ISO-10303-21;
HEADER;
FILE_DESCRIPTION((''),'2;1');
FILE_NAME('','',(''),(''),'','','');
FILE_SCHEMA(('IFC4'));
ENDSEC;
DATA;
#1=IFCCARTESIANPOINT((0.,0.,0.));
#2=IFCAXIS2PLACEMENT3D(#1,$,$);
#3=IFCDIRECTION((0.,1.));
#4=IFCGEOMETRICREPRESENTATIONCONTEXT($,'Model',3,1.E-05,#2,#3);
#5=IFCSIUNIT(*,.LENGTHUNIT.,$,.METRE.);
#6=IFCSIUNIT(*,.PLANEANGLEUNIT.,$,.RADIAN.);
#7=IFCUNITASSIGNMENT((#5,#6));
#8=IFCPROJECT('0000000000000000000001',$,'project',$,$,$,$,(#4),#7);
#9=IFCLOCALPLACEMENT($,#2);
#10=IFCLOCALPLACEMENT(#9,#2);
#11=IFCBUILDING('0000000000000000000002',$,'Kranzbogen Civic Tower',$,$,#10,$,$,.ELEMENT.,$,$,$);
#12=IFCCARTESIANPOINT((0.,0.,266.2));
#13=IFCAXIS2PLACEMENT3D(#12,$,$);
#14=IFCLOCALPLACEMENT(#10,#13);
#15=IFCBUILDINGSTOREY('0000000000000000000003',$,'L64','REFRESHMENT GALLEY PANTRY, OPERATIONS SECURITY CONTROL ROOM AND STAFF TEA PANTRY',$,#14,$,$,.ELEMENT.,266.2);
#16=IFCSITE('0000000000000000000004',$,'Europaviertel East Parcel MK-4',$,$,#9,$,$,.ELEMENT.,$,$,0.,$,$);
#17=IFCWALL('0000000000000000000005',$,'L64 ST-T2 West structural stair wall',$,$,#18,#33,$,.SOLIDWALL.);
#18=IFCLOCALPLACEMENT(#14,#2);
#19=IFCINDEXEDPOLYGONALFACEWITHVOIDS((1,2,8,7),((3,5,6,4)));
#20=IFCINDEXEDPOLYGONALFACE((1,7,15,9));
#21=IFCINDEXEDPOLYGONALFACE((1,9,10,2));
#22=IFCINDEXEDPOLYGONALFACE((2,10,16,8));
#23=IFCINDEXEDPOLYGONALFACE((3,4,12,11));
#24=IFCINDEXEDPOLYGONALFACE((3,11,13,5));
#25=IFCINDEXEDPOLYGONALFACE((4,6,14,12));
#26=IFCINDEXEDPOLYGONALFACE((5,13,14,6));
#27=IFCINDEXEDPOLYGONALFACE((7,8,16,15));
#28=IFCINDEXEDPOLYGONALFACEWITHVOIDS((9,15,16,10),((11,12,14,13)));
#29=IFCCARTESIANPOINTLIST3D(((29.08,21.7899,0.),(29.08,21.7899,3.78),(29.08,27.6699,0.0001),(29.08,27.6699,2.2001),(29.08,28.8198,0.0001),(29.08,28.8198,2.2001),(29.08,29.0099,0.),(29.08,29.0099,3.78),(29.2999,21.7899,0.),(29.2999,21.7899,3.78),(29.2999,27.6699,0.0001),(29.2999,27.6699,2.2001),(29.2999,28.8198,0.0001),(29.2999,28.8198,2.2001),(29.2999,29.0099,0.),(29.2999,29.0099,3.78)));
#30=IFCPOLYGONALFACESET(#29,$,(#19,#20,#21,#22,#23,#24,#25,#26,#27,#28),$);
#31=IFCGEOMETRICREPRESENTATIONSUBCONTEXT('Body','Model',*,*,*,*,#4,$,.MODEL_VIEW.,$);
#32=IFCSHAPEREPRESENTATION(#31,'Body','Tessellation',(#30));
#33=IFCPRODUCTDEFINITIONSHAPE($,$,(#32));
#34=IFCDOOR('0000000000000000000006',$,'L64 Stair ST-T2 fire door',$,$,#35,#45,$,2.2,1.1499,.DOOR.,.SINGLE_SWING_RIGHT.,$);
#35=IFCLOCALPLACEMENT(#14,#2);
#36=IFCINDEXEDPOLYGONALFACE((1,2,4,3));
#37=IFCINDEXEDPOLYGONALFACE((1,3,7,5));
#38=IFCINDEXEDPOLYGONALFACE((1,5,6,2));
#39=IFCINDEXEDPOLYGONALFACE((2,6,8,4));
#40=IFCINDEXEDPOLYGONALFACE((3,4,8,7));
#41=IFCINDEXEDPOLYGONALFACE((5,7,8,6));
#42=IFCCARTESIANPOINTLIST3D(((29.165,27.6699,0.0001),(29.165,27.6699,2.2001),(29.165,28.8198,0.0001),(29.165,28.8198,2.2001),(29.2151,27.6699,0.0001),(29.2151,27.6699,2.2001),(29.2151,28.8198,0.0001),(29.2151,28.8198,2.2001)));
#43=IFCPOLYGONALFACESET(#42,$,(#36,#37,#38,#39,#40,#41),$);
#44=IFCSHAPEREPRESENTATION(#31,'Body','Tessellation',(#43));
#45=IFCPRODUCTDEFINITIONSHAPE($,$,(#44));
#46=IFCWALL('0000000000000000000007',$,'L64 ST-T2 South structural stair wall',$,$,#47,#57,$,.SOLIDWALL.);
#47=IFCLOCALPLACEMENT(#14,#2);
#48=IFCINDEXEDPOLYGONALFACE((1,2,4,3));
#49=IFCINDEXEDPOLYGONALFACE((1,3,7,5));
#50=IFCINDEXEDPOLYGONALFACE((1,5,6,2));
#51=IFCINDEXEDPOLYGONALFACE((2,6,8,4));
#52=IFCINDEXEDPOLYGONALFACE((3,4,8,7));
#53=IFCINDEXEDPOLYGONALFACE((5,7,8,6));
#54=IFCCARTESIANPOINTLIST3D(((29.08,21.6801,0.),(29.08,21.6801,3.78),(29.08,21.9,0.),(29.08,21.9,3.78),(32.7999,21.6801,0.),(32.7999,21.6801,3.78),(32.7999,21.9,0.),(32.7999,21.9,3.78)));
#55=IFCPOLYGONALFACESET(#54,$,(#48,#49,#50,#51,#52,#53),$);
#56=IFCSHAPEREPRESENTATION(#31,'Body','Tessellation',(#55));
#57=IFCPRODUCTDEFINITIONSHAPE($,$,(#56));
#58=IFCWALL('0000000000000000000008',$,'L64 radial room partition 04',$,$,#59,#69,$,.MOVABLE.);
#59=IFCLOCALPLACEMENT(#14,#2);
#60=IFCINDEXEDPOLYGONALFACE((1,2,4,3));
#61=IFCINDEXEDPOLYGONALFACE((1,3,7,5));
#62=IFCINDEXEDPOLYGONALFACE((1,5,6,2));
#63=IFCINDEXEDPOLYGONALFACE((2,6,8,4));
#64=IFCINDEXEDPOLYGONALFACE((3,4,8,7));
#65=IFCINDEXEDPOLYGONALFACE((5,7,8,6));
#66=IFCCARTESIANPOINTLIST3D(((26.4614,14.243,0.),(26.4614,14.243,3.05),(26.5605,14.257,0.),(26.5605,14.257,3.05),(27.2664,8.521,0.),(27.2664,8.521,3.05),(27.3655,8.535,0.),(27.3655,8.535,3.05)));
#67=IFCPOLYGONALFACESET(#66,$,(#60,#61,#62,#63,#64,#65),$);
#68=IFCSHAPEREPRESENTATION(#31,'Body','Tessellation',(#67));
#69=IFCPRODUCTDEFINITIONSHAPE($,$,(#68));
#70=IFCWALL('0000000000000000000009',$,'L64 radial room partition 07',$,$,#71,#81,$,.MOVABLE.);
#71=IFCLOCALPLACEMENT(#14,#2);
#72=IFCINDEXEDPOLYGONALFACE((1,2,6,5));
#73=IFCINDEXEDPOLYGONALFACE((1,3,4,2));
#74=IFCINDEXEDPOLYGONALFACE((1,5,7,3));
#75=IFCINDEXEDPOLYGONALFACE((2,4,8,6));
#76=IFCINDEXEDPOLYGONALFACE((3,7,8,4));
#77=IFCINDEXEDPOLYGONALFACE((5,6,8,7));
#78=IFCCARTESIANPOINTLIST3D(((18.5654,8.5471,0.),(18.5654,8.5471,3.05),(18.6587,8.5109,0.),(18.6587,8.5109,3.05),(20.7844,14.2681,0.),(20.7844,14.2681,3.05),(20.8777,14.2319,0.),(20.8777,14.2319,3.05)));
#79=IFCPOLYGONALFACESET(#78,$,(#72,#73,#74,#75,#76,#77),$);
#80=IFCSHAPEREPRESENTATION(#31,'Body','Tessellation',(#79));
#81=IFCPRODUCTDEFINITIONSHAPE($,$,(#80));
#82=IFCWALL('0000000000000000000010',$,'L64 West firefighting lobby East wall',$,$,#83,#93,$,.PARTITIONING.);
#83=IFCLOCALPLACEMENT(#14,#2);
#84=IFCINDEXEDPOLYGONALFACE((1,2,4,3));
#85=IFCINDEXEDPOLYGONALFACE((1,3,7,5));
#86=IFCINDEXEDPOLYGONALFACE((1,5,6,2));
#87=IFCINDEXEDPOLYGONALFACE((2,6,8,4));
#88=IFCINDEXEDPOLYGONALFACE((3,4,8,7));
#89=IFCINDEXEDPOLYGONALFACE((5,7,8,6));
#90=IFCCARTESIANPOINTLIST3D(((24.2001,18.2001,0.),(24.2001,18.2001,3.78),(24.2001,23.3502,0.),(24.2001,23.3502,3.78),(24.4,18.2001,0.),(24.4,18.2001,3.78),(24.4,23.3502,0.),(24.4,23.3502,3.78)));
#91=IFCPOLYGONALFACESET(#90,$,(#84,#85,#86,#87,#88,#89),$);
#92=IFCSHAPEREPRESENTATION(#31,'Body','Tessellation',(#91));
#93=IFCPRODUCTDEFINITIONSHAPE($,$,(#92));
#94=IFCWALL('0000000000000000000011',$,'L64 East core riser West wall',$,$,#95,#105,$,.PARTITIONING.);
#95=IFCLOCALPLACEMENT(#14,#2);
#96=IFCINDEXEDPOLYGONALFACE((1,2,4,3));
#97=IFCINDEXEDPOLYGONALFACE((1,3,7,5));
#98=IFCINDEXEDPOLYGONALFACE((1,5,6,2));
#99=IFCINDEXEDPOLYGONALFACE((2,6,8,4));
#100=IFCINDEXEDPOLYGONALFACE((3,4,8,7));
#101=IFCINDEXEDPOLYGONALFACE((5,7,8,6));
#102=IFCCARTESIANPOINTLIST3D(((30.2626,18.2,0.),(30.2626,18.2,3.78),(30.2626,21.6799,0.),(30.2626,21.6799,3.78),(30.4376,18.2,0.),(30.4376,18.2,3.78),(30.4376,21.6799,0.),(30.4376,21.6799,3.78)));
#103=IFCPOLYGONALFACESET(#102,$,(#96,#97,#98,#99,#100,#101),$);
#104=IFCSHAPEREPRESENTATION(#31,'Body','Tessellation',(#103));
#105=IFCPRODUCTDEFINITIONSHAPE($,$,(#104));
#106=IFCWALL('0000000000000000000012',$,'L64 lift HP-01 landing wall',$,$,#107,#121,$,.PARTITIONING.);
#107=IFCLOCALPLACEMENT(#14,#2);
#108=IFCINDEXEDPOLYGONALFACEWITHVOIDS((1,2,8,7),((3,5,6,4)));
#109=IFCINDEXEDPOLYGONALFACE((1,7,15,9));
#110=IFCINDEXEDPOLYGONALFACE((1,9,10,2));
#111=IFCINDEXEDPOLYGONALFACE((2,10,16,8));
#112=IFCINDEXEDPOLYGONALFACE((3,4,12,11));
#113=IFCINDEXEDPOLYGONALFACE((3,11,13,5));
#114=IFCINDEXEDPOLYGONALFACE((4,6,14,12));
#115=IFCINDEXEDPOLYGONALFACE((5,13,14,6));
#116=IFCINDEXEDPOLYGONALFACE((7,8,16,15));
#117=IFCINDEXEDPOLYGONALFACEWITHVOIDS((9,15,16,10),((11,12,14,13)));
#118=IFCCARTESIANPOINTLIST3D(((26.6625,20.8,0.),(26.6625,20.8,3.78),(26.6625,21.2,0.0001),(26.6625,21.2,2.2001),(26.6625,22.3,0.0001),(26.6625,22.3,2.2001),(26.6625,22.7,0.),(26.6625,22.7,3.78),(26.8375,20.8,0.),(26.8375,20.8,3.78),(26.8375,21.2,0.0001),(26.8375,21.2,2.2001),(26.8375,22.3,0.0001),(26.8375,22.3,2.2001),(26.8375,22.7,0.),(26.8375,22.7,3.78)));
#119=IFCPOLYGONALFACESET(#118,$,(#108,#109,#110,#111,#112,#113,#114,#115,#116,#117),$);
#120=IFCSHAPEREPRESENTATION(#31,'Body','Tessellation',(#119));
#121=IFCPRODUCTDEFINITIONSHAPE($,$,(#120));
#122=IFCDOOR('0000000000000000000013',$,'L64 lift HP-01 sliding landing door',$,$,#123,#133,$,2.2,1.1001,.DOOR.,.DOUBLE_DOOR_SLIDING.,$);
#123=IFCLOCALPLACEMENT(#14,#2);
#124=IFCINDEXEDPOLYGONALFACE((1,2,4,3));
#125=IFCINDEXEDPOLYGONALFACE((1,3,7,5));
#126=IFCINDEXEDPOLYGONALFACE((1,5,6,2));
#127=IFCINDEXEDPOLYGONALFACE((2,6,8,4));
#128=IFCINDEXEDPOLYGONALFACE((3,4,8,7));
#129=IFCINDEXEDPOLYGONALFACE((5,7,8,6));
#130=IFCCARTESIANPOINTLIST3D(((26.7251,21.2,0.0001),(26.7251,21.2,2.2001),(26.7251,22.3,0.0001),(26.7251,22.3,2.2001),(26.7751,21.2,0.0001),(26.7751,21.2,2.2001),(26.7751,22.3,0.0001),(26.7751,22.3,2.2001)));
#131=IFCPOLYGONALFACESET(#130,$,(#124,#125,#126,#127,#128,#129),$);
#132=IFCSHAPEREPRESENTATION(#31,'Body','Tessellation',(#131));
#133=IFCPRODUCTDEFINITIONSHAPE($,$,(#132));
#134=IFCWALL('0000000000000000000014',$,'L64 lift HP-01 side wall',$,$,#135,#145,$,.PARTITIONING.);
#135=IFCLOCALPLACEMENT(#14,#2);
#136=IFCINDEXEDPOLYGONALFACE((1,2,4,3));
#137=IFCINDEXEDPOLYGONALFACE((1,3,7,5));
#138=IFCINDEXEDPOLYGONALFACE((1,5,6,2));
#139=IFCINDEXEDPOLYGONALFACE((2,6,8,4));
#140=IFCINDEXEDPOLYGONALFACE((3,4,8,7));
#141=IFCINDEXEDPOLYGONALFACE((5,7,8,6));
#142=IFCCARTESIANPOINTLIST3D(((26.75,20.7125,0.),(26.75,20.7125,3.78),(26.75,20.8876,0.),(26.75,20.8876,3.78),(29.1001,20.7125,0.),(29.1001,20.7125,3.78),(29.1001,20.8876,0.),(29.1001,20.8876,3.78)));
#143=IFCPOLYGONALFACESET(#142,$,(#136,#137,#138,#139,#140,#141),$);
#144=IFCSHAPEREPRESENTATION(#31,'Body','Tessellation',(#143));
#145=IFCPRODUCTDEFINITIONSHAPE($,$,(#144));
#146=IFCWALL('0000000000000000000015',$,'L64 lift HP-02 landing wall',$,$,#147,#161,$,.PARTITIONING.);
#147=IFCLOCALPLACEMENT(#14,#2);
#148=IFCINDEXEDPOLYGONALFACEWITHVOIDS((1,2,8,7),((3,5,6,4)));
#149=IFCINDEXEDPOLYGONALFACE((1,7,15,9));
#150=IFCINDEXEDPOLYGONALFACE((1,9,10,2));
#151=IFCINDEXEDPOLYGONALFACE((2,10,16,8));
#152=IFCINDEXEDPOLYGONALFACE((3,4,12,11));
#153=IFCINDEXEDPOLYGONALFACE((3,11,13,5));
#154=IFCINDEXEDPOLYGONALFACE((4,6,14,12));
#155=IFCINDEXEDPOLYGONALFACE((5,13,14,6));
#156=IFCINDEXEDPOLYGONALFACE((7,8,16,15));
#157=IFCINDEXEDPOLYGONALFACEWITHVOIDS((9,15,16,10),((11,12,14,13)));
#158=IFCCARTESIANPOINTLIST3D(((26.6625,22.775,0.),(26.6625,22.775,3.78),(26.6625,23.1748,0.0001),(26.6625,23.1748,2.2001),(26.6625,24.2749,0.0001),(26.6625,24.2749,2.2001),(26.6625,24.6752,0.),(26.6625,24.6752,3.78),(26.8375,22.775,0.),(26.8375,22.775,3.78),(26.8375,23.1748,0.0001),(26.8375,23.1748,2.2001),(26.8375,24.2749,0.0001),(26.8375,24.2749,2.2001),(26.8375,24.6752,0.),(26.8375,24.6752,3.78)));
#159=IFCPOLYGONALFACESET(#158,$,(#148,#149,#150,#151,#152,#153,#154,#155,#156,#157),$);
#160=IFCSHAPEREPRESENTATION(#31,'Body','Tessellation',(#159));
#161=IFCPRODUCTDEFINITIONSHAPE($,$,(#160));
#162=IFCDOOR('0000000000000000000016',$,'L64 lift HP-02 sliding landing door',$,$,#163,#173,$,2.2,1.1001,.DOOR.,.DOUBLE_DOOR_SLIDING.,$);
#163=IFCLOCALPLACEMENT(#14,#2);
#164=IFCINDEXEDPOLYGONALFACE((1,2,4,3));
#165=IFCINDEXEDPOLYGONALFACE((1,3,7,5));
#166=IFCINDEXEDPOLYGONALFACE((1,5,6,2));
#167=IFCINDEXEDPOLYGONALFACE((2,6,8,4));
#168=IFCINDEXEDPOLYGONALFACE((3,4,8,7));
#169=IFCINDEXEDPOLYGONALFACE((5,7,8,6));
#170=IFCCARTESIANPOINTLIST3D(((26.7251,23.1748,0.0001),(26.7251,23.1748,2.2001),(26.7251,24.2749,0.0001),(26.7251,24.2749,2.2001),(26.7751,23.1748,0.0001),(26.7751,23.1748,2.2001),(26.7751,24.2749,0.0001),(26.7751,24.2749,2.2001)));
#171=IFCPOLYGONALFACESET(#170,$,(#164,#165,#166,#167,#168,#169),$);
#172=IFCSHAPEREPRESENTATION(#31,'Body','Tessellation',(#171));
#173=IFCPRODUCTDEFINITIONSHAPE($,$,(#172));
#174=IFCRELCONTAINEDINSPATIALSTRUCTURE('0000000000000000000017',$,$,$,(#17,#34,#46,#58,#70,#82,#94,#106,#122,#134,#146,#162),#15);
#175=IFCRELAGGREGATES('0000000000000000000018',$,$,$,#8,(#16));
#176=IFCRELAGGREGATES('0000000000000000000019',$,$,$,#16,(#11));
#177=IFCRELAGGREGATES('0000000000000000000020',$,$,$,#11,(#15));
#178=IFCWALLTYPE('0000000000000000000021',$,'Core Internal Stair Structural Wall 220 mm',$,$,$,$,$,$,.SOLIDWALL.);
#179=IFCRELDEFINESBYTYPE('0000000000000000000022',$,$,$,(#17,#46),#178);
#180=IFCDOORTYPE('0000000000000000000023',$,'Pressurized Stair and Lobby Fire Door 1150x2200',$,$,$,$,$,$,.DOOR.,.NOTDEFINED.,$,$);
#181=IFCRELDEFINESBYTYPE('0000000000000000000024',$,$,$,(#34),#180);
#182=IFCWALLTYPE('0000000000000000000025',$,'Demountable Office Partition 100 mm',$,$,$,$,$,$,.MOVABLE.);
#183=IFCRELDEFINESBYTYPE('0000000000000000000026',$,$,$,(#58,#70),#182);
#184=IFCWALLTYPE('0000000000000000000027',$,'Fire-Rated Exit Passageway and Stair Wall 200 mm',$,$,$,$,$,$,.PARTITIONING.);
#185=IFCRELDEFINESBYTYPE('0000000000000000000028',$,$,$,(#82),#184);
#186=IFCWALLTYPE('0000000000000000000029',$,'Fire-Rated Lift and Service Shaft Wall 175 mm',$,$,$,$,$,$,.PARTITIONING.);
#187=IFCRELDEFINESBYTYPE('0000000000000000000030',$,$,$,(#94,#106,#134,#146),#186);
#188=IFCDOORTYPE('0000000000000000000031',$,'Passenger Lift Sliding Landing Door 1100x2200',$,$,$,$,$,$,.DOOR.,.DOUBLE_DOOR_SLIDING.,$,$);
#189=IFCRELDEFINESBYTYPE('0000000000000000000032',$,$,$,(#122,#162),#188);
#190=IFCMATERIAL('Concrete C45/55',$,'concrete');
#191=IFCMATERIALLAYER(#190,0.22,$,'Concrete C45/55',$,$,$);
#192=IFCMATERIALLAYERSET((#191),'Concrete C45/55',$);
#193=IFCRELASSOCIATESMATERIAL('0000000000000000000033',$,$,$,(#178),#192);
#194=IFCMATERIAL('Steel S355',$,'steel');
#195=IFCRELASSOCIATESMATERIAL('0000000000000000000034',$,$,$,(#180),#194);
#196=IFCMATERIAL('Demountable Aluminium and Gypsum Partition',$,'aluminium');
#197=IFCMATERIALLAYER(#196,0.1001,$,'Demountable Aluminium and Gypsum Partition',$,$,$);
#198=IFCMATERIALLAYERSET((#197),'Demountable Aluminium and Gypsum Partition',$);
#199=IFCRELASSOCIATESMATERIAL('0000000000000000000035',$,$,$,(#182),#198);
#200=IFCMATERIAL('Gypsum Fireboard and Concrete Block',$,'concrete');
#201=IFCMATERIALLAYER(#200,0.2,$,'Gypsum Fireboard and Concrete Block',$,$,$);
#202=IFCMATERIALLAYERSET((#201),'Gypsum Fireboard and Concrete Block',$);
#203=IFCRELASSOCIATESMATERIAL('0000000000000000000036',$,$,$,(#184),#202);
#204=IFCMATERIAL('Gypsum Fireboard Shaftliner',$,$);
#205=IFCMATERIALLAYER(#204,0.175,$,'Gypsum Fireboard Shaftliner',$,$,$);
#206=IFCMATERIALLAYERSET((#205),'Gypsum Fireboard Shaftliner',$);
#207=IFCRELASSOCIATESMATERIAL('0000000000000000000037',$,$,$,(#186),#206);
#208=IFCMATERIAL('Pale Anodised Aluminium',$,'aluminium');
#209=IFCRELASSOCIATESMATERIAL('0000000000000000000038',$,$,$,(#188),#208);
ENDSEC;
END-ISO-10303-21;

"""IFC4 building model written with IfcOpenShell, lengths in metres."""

from ifc_helpers import new_model, si_unit, direction, frame, frame_2d, origin, place, context, subcontext, project, spatial, rectangle, extrude, material, layer, layer_set, type_object, element, fill, save


model = new_model("IFC4")

# Units and contexts
model_context = context("Model", 3, precision=1e-05, world=origin(), true_north=direction((0.0, 1.0)))
body_context = subcontext(model_context, "Body", "Model", "MODEL_VIEW")
ifc_project = project(units=[si_unit("LENGTHUNIT", "METRE"), si_unit("PLANEANGLEUNIT", "RADIAN")], contexts=[model_context])

# Site, building, storey
site_placement = place(None, origin())
site = spatial("IfcSite", under=ifc_project, at=site_placement, Name="Europaviertel East Parcel MK-4", CompositionType="ELEMENT", RefElevation=0.0)
building_placement = place(site_placement, origin())
building = spatial("IfcBuilding", under=site, at=building_placement, Name="Kranzbogen Civic Tower", CompositionType="ELEMENT")
storey_placement = place(building_placement, frame((0.0, 0.0, 266.2)))
storey = spatial("IfcBuildingStorey", under=building, at=storey_placement, Name="L64", Description="REFRESHMENT GALLEY PANTRY, OPERATIONS SECURITY CONTROL ROOM AND STAFF TEA PANTRY", CompositionType="ELEMENT", Elevation=266.2)

# Shared definitions
ifc_material_1 = material(Name="Steel S355", Category="steel")

# Shared definitions
ifc_material_2 = material(Name="Pale Anodised Aluminium", Category="aluminium")

# Wall, opening, door
ifc_material_3 = material(Name="Concrete C45/55", Category="concrete")
ifc_layer_1 = layer(ifc_material_3, 0.22, Name="Concrete C45/55")
ifc_layer_set_1 = layer_set([ifc_layer_1], Name="Concrete C45/55")
wall_type_1 = type_object("IfcWallType", Name="Core Internal Stair Structural Wall 220 mm", PredefinedType="SOLIDWALL", material=ifc_layer_set_1)
door_type_1 = type_object("IfcDoorType", Name="Pressurized Stair and Lobby Fire Door 1150x2200", OperationType="NOTDEFINED", PredefinedType="DOOR", material=ifc_material_1)
wall_1_placement = place(storey_placement, frame((29.1899, 21.79, 0.0), z_axis=(0.0, 0.0, 1.0), x_axis=(0.0, 1.0, 0.0)))
wall_1 = element("IfcWall", 1, at=wall_1_placement, inside=storey, type_object=wall_type_1, Name="L64 ST-T2 West structural stair wall", PredefinedType="SOLIDWALL", context=body_context, shape_type="SweptSolid", body=[
    extrude(rectangle(XDim=7.22, YDim=0.22, at=frame_2d((3.6099, 0.0))), origin(), (0.0, 0.0, 1.0), 3.78),
])
opening_1_placement = place(wall_1_placement, frame((5.8799, 0.0, 0.0)))
opening_1 = element("IfcOpeningElement", 2, at=opening_1_placement, cuts=wall_1, PredefinedType="OPENING", context=body_context, shape_type="SweptSolid", body=[
    extrude(rectangle(XDim=1.1499, YDim=2.2, at=frame_2d((0.575, 1.1001))), frame((0.0, 0.1201, 0.0), z_axis=(0.0, -1.0, 0.0), x_axis=(1.0, 0.0, 0.0)), (0.0, 0.0, 1.0), 0.24),
])
door_1_placement = place(opening_1_placement, origin())
door_1 = element("IfcDoor", 3, at=door_1_placement, inside=storey, type_object=door_type_1, Name="L64 Stair ST-T2 fire door", OperationType="SINGLE_SWING_RIGHT", OverallHeight=2.2, OverallWidth=1.1499, PredefinedType="DOOR", context=body_context, shape_type="SweptSolid", body=[
    extrude(rectangle(XDim=1.1499, YDim=2.2, at=frame_2d((0.575, 1.1001))), frame((0.0, 0.0249, 0.0), z_axis=(0.0, -1.0, 0.0), x_axis=(1.0, 0.0, 0.0)), (0.0, 0.0, 1.0), 0.05),
])
fill(opening_1, door_1)

# Walls
wall_2_placement = place(storey_placement, frame((29.0801, 21.79, 0.0), z_axis=(0.0, 0.0, 1.0), x_axis=(1.0, 0.0, 0.0)))
element("IfcWall", 4, at=wall_2_placement, inside=storey, type_object=wall_type_1, Name="L64 ST-T2 South structural stair wall", PredefinedType="SOLIDWALL", context=body_context, shape_type="SweptSolid", body=[
    extrude(rectangle(XDim=3.72, YDim=0.22, at=frame_2d((1.8599, 0.0))), origin(), (0.0, 0.0, 1.0), 3.78),
])
ifc_material_4 = material(Name="Demountable Aluminium and Gypsum Partition", Category="aluminium")
ifc_layer_2 = layer(ifc_material_4, 0.1001, Name="Demountable Aluminium and Gypsum Partition")
ifc_layer_set_2 = layer_set([ifc_layer_2], Name="Demountable Aluminium and Gypsum Partition")
wall_type_2 = type_object("IfcWallType", Name="Demountable Office Partition 100 mm", PredefinedType="MOVABLE", material=ifc_layer_set_2)
wall_3_placement = place(storey_placement, frame((26.511, 14.25, 0.0), z_axis=(0.0, 0.0, 1.0), x_axis=(0.139303, -0.99025, 0.0)))
element("IfcWall", 5, at=wall_3_placement, inside=storey, type_object=wall_type_2, Name="L64 radial room partition 04", PredefinedType="MOVABLE", context=body_context, shape_type="SweptSolid", body=[
    extrude(rectangle(XDim=5.7783, YDim=0.1001, at=frame_2d((2.8892, 0.0))), origin(), (0.0, 0.0, 1.0), 3.05),
])
wall_4_placement = place(storey_placement, frame((20.8311, 14.25, 0.0), z_axis=(0.0, 0.0, 1.0), x_axis=(-0.361622, -0.932325, 0.0)))
element("IfcWall", 6, at=wall_4_placement, inside=storey, type_object=wall_type_2, Name="L64 radial room partition 07", PredefinedType="MOVABLE", context=body_context, shape_type="SweptSolid", body=[
    extrude(rectangle(XDim=6.1362, YDim=0.1001, at=frame_2d((3.0681, 0.0))), origin(), (0.0, 0.0, 1.0), 3.05),
])
ifc_material_5 = material(Name="Gypsum Fireboard and Concrete Block", Category="concrete")
ifc_layer_3 = layer(ifc_material_5, 0.2, Name="Gypsum Fireboard and Concrete Block")
ifc_layer_set_3 = layer_set([ifc_layer_3], Name="Gypsum Fireboard and Concrete Block")
wall_type_3 = type_object("IfcWallType", Name="Fire-Rated Exit Passageway and Stair Wall 200 mm", PredefinedType="PARTITIONING", material=ifc_layer_set_3)
wall_5_placement = place(storey_placement, frame((24.3, 18.2, 0.0), z_axis=(0.0, 0.0, 1.0), x_axis=(0.0, 1.0, 0.0)))
element("IfcWall", 7, at=wall_5_placement, inside=storey, type_object=wall_type_3, Name="L64 West firefighting lobby East wall", PredefinedType="PARTITIONING", context=body_context, shape_type="SweptSolid", body=[
    extrude(rectangle(XDim=5.1501, YDim=0.2, at=frame_2d((2.5752, 0.0))), origin(), (0.0, 0.0, 1.0), 3.78),
])
ifc_material_6 = material(Name="Gypsum Fireboard Shaftliner")
ifc_layer_4 = layer(ifc_material_6, 0.175, Name="Gypsum Fireboard Shaftliner")
ifc_layer_set_4 = layer_set([ifc_layer_4], Name="Gypsum Fireboard Shaftliner")
wall_type_4 = type_object("IfcWallType", Name="Fire-Rated Lift and Service Shaft Wall 175 mm", PredefinedType="PARTITIONING", material=ifc_layer_set_4)
wall_6_placement = place(storey_placement, frame((30.3501, 18.2, 0.0), z_axis=(0.0, 0.0, 1.0), x_axis=(0.0, 1.0, 0.0)))
element("IfcWall", 8, at=wall_6_placement, inside=storey, type_object=wall_type_4, Name="L64 East core riser West wall", PredefinedType="PARTITIONING", context=body_context, shape_type="SweptSolid", body=[
    extrude(rectangle(XDim=3.48, YDim=0.175, at=frame_2d((1.74, 0.0))), origin(), (0.0, 0.0, 1.0), 3.78),
])

# Wall, opening, door
wall_7_placement = place(storey_placement, frame((26.75, 20.8, 0.0), z_axis=(0.0, 0.0, 1.0), x_axis=(0.0, 1.0, 0.0)))
wall_7 = element("IfcWall", 9, at=wall_7_placement, inside=storey, type_object=wall_type_4, Name="L64 lift HP-01 landing wall", PredefinedType="PARTITIONING", context=body_context, shape_type="SweptSolid", body=[
    extrude(rectangle(XDim=1.8999, YDim=0.175, at=frame_2d((0.95, 0.0))), origin(), (0.0, 0.0, 1.0), 3.78),
])
opening_2_placement = place(wall_7_placement, frame((0.3999, 0.0, 0.0)))
opening_2 = element("IfcOpeningElement", 10, at=opening_2_placement, cuts=wall_7, PredefinedType="OPENING", context=body_context, shape_type="SweptSolid", body=[
    extrude(rectangle(XDim=1.1001, YDim=2.2, at=frame_2d((0.55, 1.1001))), frame((0.0, 0.0977, 0.0), z_axis=(0.0, -1.0, 0.0), x_axis=(1.0, 0.0, 0.0)), (0.0, 0.0, 1.0), 0.1951),
])
door_type_2 = type_object("IfcDoorType", Name="Passenger Lift Sliding Landing Door 1100x2200", OperationType="DOUBLE_DOOR_SLIDING", PredefinedType="DOOR", material=ifc_material_2)
door_2_placement = place(opening_2_placement, origin())
door_2 = element("IfcDoor", 11, at=door_2_placement, inside=storey, type_object=door_type_2, Name="L64 lift HP-01 sliding landing door", OperationType="DOUBLE_DOOR_SLIDING", OverallHeight=2.2, OverallWidth=1.1001, PredefinedType="DOOR", context=body_context, shape_type="SweptSolid", body=[
    extrude(rectangle(XDim=1.1001, YDim=2.2, at=frame_2d((0.55, 1.1001))), frame((0.0, 0.0249, 0.0), z_axis=(0.0, -1.0, 0.0), x_axis=(1.0, 0.0, 0.0)), (0.0, 0.0, 1.0), 0.05),
])
fill(opening_2, door_2)

# Wall
wall_8_placement = place(storey_placement, frame((26.75, 20.8, 0.0), z_axis=(0.0, 0.0, 1.0), x_axis=(1.0, 0.0, 0.0)))
element("IfcWall", 12, at=wall_8_placement, inside=storey, type_object=wall_type_4, Name="L64 lift HP-01 side wall", PredefinedType="PARTITIONING", context=body_context, shape_type="SweptSolid", body=[
    extrude(rectangle(XDim=2.3501, YDim=0.175, at=frame_2d((1.175, 0.0))), origin(), (0.0, 0.0, 1.0), 3.78),
])

# Wall, opening, door
wall_9_placement = place(storey_placement, frame((26.75, 22.7749, 0.0), z_axis=(0.0, 0.0, 1.0), x_axis=(0.0, 1.0, 0.0)))
wall_9 = element("IfcWall", 13, at=wall_9_placement, inside=storey, type_object=wall_type_4, Name="L64 lift HP-02 landing wall", PredefinedType="PARTITIONING", context=body_context, shape_type="SweptSolid", body=[
    extrude(rectangle(XDim=1.9001, YDim=0.175, at=frame_2d((0.9502, 0.0))), origin(), (0.0, 0.0, 1.0), 3.78),
])
opening_3_placement = place(wall_9_placement, frame((0.3999, 0.0, 0.0)))
opening_3 = element("IfcOpeningElement", 14, at=opening_3_placement, cuts=wall_9, PredefinedType="OPENING", context=body_context, shape_type="SweptSolid", body=[
    extrude(rectangle(XDim=1.1001, YDim=2.2, at=frame_2d((0.55, 1.1001))), frame((0.0, 0.0977, 0.0), z_axis=(0.0, -1.0, 0.0), x_axis=(1.0, 0.0, 0.0)), (0.0, 0.0, 1.0), 0.1951),
])
door_3_placement = place(opening_3_placement, origin())
door_3 = element("IfcDoor", 15, at=door_3_placement, inside=storey, type_object=door_type_2, Name="L64 lift HP-02 sliding landing door", OperationType="DOUBLE_DOOR_SLIDING", OverallHeight=2.2, OverallWidth=1.1001, PredefinedType="DOOR", context=body_context, shape_type="SweptSolid", body=[
    extrude(rectangle(XDim=1.1001, YDim=2.2, at=frame_2d((0.55, 1.1001))), frame((0.0, 0.0249, 0.0), z_axis=(0.0, -1.0, 0.0), x_axis=(1.0, 0.0, 0.0)), (0.0, 0.0, 1.0), 0.05),
])
fill(opening_3, door_3)

save(model, "model.ifc")
